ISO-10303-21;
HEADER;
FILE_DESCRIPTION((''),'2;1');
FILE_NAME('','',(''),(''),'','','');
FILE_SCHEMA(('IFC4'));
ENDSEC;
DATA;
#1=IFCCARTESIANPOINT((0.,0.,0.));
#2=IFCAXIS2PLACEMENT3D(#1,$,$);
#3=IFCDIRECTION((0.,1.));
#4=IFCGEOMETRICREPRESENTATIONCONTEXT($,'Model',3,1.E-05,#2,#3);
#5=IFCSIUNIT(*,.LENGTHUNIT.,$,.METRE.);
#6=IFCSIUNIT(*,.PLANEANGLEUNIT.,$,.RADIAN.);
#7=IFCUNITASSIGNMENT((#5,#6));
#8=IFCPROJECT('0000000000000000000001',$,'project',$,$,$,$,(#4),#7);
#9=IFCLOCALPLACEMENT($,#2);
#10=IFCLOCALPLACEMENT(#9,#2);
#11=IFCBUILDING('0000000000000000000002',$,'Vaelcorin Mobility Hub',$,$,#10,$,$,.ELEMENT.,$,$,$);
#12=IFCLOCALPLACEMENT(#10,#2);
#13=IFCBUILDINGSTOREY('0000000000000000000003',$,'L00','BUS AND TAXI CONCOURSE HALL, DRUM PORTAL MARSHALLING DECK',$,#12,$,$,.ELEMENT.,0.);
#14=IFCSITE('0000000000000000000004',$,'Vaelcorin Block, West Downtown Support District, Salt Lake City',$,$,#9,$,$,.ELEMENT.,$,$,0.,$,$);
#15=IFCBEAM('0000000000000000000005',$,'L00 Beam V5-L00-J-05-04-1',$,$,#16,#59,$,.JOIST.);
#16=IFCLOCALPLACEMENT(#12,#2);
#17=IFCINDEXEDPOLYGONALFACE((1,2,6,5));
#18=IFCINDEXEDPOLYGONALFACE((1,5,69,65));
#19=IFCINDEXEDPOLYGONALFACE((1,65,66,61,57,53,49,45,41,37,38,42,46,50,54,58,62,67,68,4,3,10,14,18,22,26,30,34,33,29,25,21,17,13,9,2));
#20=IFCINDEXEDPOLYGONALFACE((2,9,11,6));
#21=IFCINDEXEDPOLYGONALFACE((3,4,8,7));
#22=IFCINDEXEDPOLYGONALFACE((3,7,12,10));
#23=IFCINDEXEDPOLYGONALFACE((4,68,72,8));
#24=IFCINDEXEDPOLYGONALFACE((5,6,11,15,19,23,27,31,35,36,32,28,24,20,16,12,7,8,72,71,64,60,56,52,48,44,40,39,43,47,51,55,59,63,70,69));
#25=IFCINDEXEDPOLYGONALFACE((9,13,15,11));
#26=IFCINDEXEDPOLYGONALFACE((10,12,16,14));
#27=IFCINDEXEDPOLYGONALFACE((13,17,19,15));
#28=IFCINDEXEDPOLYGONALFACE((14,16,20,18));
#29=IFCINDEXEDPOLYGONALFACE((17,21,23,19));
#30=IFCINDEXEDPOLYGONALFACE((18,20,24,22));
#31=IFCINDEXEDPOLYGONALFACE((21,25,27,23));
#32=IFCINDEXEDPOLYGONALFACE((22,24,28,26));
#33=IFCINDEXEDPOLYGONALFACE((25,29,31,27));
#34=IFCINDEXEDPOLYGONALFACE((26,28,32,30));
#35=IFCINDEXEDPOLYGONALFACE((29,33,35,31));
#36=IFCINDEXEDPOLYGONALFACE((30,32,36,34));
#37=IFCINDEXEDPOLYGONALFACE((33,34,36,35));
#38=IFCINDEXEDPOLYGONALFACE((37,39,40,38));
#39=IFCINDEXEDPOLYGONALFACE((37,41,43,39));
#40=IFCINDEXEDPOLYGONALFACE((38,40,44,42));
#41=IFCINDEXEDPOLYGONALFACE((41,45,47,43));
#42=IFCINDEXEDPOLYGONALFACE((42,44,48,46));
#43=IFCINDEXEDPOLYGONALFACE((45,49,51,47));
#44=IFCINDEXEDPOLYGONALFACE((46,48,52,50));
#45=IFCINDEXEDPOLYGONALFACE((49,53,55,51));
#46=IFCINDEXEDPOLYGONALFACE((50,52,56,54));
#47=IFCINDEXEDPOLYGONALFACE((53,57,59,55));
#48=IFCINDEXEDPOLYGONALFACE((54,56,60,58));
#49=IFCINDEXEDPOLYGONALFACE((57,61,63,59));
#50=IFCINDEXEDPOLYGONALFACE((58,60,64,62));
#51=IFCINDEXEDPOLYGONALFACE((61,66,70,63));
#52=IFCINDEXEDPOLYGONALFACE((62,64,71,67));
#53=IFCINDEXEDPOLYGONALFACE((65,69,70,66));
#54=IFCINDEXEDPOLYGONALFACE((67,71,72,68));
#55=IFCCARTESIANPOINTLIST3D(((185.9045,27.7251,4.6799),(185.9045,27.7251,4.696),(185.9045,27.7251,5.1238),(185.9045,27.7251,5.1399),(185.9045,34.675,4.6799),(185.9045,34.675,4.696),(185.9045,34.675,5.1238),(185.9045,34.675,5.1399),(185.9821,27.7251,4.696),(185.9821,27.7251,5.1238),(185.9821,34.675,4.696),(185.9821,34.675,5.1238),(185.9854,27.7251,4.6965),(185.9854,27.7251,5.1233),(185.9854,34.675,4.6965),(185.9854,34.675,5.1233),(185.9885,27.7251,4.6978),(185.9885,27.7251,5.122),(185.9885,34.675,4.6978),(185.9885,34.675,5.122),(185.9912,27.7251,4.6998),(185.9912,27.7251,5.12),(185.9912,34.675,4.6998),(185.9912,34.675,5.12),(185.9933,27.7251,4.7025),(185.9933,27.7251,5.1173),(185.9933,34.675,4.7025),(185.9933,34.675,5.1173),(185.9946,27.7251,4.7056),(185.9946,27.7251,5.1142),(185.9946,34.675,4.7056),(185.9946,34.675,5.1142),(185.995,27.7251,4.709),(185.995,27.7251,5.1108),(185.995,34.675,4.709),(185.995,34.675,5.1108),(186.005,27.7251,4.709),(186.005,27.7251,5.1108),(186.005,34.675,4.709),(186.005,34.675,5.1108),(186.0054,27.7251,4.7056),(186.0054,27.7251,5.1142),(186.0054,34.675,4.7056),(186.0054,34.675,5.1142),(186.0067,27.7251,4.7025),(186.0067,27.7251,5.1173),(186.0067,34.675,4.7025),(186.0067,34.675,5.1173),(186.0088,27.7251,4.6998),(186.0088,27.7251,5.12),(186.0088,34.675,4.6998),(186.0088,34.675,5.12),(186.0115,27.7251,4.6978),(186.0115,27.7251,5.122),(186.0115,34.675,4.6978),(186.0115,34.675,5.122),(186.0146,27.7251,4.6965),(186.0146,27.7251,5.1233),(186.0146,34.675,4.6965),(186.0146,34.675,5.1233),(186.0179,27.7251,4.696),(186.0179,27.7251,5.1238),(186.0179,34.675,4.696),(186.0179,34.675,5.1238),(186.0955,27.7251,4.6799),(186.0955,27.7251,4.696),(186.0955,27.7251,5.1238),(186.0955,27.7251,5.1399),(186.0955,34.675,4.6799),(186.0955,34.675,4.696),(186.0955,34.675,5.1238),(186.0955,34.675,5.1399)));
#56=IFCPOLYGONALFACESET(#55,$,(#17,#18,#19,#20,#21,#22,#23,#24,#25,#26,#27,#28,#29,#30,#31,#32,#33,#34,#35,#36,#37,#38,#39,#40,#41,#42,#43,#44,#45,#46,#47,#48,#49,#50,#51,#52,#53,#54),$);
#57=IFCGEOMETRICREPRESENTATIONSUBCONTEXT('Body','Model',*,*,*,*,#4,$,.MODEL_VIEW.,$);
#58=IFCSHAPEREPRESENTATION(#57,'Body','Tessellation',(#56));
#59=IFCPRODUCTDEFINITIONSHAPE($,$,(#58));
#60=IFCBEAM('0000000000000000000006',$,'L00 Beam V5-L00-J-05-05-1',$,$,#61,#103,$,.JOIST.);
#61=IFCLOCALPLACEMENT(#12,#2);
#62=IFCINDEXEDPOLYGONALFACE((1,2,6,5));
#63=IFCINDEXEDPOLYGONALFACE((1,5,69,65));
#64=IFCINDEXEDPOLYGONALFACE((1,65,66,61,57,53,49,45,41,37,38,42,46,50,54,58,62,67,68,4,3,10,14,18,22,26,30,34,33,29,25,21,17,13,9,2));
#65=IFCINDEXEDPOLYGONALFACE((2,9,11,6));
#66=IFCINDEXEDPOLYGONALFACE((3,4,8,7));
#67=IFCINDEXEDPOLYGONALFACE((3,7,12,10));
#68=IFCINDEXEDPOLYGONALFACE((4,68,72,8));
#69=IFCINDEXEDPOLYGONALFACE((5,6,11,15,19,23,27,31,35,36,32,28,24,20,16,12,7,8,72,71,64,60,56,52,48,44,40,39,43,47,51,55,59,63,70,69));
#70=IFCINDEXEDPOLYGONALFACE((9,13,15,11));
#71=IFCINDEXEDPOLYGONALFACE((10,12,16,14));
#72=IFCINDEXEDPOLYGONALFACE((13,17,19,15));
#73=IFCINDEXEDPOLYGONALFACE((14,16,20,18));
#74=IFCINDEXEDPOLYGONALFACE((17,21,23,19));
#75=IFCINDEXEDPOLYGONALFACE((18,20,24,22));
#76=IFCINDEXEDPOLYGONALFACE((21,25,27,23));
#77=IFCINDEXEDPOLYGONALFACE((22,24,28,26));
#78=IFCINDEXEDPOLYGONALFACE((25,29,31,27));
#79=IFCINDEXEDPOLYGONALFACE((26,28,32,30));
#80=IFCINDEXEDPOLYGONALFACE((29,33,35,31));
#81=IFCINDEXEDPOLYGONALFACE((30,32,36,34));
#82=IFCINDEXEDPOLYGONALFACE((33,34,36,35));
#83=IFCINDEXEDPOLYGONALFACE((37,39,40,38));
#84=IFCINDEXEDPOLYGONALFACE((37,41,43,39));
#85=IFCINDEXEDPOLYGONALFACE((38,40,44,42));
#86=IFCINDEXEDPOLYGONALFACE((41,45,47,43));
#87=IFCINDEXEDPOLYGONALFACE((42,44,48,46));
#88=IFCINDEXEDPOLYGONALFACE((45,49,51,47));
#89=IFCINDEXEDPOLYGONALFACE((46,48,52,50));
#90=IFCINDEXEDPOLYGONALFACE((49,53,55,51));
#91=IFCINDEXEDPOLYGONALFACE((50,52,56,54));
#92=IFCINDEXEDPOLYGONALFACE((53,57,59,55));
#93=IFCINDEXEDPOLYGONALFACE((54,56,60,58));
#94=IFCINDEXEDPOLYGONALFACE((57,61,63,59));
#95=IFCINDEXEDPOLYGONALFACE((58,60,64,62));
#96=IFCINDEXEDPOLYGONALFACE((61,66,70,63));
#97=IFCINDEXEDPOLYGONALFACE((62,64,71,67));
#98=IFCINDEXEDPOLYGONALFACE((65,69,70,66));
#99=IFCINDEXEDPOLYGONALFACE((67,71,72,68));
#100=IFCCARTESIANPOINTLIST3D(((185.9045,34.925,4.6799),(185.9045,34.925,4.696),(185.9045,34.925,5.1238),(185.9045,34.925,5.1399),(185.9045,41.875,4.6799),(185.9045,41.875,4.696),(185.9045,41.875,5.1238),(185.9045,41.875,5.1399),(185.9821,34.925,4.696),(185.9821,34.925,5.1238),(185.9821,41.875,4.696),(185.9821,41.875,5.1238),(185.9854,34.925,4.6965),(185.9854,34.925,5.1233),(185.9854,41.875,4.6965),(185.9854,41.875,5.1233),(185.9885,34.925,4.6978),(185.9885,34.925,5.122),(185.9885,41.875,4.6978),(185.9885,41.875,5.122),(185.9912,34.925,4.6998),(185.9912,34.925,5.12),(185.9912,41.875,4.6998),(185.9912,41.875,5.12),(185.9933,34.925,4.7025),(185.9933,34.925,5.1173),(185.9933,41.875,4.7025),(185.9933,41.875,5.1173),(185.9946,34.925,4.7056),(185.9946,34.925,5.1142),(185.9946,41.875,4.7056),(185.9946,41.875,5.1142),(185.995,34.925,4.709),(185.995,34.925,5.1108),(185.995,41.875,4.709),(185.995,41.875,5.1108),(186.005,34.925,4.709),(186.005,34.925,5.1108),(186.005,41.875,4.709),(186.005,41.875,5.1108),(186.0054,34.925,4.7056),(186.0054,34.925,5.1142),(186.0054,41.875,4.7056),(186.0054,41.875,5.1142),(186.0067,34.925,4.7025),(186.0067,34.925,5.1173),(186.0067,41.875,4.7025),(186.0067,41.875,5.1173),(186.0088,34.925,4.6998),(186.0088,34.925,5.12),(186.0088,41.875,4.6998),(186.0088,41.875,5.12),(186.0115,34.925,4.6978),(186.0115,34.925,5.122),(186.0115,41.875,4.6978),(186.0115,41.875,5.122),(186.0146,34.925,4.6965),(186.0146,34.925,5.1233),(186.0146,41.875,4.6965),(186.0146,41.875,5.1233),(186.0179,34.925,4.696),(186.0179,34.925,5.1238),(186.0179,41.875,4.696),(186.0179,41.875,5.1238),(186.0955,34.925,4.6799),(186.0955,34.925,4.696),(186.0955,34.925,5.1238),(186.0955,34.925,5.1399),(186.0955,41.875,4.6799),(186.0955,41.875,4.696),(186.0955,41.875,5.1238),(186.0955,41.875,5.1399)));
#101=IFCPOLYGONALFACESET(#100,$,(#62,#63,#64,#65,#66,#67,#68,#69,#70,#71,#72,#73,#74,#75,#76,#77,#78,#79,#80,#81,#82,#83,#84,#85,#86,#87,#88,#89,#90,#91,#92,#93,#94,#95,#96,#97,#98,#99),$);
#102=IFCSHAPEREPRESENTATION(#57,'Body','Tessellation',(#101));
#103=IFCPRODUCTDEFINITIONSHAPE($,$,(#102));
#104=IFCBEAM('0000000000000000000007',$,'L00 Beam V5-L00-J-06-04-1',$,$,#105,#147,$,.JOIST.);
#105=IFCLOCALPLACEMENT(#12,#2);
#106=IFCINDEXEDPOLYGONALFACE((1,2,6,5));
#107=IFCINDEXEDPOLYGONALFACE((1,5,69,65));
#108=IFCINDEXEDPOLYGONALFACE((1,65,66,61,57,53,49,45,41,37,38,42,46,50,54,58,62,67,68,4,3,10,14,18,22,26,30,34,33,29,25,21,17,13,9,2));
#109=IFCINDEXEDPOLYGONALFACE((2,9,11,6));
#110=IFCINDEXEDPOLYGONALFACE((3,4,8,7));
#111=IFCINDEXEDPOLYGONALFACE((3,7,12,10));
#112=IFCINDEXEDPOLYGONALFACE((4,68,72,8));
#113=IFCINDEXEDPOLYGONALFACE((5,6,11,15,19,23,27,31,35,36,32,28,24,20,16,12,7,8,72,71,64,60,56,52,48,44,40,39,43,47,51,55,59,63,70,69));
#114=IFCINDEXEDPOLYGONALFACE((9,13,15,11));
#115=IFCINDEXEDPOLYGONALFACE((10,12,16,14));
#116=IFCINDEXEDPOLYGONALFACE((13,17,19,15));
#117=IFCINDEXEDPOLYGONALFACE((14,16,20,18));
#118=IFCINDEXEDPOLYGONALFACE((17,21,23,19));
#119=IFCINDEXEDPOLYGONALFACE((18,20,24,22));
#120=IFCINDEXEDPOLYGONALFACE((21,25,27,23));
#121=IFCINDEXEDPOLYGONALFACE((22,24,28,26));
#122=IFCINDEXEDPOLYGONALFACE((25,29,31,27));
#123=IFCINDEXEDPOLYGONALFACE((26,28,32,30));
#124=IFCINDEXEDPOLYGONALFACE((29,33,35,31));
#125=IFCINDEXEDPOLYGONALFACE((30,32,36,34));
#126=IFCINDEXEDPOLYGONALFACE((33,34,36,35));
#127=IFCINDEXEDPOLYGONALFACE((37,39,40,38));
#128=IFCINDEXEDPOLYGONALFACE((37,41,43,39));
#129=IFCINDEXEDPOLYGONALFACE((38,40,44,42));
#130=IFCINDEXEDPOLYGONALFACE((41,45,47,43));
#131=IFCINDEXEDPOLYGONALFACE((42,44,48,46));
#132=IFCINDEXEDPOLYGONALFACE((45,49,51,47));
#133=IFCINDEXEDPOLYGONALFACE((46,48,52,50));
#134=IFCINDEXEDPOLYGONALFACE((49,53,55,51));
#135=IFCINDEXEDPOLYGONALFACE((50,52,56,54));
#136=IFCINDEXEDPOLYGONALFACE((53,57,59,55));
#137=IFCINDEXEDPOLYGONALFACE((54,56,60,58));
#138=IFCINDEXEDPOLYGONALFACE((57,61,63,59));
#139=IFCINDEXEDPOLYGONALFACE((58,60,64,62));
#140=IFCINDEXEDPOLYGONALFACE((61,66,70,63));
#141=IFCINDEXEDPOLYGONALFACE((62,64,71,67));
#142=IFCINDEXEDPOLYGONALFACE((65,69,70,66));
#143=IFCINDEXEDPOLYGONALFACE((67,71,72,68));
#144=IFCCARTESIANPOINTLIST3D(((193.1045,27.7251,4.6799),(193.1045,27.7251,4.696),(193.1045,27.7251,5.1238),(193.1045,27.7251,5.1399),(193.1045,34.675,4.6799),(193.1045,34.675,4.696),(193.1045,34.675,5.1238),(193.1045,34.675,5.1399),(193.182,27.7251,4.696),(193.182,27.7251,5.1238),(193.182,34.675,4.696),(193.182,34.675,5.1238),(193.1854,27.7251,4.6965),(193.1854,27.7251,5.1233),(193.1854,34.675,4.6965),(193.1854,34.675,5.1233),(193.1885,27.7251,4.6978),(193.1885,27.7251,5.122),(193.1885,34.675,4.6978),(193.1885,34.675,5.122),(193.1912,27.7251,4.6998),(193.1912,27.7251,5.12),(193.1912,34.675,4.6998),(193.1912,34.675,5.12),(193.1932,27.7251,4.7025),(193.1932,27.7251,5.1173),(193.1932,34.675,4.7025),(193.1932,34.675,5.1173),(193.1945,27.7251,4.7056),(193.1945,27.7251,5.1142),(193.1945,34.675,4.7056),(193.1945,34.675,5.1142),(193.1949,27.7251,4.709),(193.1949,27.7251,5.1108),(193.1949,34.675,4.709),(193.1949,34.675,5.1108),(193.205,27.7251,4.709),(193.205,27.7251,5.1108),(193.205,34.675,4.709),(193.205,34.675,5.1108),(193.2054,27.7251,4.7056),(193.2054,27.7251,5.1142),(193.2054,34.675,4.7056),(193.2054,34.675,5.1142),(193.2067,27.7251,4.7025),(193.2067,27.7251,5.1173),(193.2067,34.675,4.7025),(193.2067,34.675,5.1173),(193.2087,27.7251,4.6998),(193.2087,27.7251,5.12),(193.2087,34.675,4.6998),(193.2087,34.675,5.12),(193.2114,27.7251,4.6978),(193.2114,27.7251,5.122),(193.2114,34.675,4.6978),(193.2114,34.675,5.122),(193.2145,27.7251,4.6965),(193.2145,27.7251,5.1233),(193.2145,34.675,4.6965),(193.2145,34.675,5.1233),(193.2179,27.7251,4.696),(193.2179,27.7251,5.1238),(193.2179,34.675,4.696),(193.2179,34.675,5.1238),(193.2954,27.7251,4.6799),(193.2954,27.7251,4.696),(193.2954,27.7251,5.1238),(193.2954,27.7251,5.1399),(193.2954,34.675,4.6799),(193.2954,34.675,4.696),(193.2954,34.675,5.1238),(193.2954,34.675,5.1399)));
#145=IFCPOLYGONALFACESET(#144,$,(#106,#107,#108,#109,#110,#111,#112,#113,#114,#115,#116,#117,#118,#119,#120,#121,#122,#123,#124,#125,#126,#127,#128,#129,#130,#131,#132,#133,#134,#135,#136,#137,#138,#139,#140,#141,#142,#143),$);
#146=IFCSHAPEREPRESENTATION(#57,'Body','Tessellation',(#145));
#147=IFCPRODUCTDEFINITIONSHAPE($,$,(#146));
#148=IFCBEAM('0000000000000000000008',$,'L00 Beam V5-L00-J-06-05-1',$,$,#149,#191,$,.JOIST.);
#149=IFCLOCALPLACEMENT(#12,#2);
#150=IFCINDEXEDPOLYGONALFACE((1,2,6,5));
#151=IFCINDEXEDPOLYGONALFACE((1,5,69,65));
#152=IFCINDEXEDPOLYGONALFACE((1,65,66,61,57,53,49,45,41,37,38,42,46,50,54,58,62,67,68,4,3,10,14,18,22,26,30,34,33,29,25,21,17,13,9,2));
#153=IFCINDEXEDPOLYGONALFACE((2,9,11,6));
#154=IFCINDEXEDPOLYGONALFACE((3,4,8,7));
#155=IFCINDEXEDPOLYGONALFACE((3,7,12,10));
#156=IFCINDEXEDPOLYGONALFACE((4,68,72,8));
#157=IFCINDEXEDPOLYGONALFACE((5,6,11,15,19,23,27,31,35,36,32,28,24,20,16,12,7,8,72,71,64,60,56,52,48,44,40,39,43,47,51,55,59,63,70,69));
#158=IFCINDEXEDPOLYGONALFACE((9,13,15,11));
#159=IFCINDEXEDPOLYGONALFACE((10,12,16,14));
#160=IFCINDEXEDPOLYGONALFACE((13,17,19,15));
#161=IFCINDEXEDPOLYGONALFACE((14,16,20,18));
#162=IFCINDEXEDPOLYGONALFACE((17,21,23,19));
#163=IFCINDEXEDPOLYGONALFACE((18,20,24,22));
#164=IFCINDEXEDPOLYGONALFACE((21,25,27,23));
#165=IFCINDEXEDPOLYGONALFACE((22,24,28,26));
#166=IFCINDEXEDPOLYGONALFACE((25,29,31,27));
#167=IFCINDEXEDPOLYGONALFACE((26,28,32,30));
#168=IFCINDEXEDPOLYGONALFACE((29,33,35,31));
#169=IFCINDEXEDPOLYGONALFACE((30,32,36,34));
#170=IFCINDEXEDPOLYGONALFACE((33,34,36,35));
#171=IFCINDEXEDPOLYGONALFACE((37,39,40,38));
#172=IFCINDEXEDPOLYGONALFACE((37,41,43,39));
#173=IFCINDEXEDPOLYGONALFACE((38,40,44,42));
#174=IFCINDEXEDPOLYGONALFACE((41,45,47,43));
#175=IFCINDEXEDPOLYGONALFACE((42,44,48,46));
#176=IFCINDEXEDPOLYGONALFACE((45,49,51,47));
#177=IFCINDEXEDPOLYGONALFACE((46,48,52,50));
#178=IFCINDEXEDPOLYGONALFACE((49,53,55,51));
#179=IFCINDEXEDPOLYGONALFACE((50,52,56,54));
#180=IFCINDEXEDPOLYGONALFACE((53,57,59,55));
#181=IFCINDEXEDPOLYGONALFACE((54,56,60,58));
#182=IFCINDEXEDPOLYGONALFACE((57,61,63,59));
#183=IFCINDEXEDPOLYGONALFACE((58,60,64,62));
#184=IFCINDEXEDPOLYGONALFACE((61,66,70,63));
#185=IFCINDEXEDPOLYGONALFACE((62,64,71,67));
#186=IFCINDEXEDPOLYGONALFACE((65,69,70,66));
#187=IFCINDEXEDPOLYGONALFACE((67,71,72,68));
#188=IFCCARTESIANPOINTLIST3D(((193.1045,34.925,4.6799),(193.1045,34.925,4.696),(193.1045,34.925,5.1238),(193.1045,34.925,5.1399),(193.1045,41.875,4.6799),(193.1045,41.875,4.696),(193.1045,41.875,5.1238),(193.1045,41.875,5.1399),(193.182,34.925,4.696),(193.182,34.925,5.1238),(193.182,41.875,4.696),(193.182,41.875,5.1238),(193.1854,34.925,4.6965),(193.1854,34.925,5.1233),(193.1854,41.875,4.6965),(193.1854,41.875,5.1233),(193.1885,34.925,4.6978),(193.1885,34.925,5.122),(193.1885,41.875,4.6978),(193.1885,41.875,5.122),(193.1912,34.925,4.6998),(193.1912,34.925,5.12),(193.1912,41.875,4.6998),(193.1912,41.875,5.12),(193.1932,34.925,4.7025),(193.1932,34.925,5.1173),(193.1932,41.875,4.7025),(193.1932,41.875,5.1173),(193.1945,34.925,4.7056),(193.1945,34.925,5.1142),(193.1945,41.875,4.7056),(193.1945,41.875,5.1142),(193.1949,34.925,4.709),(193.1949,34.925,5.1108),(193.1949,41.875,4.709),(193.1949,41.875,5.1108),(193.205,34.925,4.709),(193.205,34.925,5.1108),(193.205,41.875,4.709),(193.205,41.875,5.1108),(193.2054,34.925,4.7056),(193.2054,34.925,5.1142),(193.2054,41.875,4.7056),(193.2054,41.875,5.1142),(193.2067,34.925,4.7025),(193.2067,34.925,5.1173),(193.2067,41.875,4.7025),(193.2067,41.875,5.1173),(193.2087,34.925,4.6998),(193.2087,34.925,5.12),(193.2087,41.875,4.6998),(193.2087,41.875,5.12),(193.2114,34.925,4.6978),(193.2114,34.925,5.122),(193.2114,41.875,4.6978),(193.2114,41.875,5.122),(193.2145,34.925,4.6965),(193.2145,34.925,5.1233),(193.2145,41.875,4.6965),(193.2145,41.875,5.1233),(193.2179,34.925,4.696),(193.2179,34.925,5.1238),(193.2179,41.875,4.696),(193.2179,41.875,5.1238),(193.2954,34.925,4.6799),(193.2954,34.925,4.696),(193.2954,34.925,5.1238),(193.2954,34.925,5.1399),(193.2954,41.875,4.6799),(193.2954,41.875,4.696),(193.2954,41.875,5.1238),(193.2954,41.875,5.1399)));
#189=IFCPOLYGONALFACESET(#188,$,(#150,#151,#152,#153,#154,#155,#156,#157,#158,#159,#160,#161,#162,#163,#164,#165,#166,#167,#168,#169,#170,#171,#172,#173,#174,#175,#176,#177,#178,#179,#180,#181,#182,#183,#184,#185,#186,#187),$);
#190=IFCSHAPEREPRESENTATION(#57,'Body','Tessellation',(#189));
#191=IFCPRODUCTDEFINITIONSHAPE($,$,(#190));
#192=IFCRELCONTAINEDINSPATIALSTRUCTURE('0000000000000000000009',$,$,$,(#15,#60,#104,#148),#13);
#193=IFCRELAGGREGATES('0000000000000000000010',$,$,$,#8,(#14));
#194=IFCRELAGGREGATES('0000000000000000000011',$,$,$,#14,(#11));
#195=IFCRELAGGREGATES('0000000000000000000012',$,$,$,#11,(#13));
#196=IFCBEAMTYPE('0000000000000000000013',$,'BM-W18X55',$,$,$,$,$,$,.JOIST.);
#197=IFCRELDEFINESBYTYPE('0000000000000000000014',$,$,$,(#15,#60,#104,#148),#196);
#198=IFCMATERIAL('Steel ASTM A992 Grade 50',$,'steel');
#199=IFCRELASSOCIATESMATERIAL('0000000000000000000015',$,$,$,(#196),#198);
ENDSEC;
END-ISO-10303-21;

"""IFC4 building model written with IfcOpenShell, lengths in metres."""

from ifc_helpers import new_model, si_unit, direction, frame, origin, origin_2d, place, context, subcontext, project, spatial, i_section, extrude, material, material_profile, profile_set, type_object, element, save


model = new_model("IFC4")

# Units and contexts
model_context = context("Model", 3, precision=1e-05, world=origin(), true_north=direction((0.0, 1.0)))
body_context = subcontext(model_context, "Body", "Model", "MODEL_VIEW")
ifc_project = project(units=[si_unit("LENGTHUNIT", "METRE"), si_unit("PLANEANGLEUNIT", "RADIAN")], contexts=[model_context])

# Site, building, storey
site_placement = place(None, origin())
site = spatial("IfcSite", under=ifc_project, at=site_placement, Name="Vaelcorin Block, West Downtown Support District, Salt Lake City", CompositionType="ELEMENT", RefElevation=0.0)
building_placement = place(site_placement, origin())
building = spatial("IfcBuilding", under=site, at=building_placement, Name="Vaelcorin Mobility Hub", CompositionType="ELEMENT")
storey_placement = place(building_placement, origin())
storey = spatial("IfcBuildingStorey", under=building, at=storey_placement, Name="L00", Description="BUS AND TAXI CONCOURSE HALL, DRUM PORTAL MARSHALLING DECK", CompositionType="ELEMENT", Elevation=0.0)

# Shared definitions
ifc_material_1 = material(Name="Steel ASTM A992 Grade 50", Category="steel")

# Beams
ifc_material_profile_1 = material_profile(ifc_material_1, i_section(OverallWidth=0.1909, OverallDepth=0.46, WebThickness=0.01, FlangeThickness=0.0161, FilletRadius=0.0129, at=origin_2d()), Name="W18X55")
ifc_profile_set_1 = profile_set([ifc_material_profile_1], Name="Steel ASTM A992 Grade 50")
beam_type_1 = type_object("IfcBeamType", Name="BM-W18X55", PredefinedType="JOIST", material=ifc_profile_set_1)
for number, where, z_axis, x_axis, name in (
    (1, (186.0, 27.7251, 4.9099), (0.0, 1.0, 0.0), (-1.0, 0.0, 0.0), "L00 Beam V5-L00-J-05-04-1"),
    (2, (186.0, 34.925, 4.9099), (0.0, 1.0, 0.0), (-1.0, 0.0, 0.0), "L00 Beam V5-L00-J-05-05-1"),
    (3, (193.2, 27.7251, 4.9099), (0.0, 1.0, 0.0), (-1.0, 0.0, 0.0), "L00 Beam V5-L00-J-06-04-1"),
    (4, (193.2, 34.925, 4.9099), (0.0, 1.0, 0.0), (-1.0, 0.0, 0.0), "L00 Beam V5-L00-J-06-05-1"),
):
    element("IfcBeam", number, at=place(storey_placement, frame(where, z_axis=z_axis, x_axis=x_axis)), inside=storey, type_object=beam_type_1, Name=name, PredefinedType="JOIST", context=body_context, shape_type="SweptSolid", body=[
        extrude(i_section(OverallWidth=0.1909, OverallDepth=0.46, WebThickness=0.01, FlangeThickness=0.0161, FilletRadius=0.0129, at=origin_2d()), origin(), (0.0, 0.0, 1.0), 6.95),
    ])

save(model, "model.ifc")
